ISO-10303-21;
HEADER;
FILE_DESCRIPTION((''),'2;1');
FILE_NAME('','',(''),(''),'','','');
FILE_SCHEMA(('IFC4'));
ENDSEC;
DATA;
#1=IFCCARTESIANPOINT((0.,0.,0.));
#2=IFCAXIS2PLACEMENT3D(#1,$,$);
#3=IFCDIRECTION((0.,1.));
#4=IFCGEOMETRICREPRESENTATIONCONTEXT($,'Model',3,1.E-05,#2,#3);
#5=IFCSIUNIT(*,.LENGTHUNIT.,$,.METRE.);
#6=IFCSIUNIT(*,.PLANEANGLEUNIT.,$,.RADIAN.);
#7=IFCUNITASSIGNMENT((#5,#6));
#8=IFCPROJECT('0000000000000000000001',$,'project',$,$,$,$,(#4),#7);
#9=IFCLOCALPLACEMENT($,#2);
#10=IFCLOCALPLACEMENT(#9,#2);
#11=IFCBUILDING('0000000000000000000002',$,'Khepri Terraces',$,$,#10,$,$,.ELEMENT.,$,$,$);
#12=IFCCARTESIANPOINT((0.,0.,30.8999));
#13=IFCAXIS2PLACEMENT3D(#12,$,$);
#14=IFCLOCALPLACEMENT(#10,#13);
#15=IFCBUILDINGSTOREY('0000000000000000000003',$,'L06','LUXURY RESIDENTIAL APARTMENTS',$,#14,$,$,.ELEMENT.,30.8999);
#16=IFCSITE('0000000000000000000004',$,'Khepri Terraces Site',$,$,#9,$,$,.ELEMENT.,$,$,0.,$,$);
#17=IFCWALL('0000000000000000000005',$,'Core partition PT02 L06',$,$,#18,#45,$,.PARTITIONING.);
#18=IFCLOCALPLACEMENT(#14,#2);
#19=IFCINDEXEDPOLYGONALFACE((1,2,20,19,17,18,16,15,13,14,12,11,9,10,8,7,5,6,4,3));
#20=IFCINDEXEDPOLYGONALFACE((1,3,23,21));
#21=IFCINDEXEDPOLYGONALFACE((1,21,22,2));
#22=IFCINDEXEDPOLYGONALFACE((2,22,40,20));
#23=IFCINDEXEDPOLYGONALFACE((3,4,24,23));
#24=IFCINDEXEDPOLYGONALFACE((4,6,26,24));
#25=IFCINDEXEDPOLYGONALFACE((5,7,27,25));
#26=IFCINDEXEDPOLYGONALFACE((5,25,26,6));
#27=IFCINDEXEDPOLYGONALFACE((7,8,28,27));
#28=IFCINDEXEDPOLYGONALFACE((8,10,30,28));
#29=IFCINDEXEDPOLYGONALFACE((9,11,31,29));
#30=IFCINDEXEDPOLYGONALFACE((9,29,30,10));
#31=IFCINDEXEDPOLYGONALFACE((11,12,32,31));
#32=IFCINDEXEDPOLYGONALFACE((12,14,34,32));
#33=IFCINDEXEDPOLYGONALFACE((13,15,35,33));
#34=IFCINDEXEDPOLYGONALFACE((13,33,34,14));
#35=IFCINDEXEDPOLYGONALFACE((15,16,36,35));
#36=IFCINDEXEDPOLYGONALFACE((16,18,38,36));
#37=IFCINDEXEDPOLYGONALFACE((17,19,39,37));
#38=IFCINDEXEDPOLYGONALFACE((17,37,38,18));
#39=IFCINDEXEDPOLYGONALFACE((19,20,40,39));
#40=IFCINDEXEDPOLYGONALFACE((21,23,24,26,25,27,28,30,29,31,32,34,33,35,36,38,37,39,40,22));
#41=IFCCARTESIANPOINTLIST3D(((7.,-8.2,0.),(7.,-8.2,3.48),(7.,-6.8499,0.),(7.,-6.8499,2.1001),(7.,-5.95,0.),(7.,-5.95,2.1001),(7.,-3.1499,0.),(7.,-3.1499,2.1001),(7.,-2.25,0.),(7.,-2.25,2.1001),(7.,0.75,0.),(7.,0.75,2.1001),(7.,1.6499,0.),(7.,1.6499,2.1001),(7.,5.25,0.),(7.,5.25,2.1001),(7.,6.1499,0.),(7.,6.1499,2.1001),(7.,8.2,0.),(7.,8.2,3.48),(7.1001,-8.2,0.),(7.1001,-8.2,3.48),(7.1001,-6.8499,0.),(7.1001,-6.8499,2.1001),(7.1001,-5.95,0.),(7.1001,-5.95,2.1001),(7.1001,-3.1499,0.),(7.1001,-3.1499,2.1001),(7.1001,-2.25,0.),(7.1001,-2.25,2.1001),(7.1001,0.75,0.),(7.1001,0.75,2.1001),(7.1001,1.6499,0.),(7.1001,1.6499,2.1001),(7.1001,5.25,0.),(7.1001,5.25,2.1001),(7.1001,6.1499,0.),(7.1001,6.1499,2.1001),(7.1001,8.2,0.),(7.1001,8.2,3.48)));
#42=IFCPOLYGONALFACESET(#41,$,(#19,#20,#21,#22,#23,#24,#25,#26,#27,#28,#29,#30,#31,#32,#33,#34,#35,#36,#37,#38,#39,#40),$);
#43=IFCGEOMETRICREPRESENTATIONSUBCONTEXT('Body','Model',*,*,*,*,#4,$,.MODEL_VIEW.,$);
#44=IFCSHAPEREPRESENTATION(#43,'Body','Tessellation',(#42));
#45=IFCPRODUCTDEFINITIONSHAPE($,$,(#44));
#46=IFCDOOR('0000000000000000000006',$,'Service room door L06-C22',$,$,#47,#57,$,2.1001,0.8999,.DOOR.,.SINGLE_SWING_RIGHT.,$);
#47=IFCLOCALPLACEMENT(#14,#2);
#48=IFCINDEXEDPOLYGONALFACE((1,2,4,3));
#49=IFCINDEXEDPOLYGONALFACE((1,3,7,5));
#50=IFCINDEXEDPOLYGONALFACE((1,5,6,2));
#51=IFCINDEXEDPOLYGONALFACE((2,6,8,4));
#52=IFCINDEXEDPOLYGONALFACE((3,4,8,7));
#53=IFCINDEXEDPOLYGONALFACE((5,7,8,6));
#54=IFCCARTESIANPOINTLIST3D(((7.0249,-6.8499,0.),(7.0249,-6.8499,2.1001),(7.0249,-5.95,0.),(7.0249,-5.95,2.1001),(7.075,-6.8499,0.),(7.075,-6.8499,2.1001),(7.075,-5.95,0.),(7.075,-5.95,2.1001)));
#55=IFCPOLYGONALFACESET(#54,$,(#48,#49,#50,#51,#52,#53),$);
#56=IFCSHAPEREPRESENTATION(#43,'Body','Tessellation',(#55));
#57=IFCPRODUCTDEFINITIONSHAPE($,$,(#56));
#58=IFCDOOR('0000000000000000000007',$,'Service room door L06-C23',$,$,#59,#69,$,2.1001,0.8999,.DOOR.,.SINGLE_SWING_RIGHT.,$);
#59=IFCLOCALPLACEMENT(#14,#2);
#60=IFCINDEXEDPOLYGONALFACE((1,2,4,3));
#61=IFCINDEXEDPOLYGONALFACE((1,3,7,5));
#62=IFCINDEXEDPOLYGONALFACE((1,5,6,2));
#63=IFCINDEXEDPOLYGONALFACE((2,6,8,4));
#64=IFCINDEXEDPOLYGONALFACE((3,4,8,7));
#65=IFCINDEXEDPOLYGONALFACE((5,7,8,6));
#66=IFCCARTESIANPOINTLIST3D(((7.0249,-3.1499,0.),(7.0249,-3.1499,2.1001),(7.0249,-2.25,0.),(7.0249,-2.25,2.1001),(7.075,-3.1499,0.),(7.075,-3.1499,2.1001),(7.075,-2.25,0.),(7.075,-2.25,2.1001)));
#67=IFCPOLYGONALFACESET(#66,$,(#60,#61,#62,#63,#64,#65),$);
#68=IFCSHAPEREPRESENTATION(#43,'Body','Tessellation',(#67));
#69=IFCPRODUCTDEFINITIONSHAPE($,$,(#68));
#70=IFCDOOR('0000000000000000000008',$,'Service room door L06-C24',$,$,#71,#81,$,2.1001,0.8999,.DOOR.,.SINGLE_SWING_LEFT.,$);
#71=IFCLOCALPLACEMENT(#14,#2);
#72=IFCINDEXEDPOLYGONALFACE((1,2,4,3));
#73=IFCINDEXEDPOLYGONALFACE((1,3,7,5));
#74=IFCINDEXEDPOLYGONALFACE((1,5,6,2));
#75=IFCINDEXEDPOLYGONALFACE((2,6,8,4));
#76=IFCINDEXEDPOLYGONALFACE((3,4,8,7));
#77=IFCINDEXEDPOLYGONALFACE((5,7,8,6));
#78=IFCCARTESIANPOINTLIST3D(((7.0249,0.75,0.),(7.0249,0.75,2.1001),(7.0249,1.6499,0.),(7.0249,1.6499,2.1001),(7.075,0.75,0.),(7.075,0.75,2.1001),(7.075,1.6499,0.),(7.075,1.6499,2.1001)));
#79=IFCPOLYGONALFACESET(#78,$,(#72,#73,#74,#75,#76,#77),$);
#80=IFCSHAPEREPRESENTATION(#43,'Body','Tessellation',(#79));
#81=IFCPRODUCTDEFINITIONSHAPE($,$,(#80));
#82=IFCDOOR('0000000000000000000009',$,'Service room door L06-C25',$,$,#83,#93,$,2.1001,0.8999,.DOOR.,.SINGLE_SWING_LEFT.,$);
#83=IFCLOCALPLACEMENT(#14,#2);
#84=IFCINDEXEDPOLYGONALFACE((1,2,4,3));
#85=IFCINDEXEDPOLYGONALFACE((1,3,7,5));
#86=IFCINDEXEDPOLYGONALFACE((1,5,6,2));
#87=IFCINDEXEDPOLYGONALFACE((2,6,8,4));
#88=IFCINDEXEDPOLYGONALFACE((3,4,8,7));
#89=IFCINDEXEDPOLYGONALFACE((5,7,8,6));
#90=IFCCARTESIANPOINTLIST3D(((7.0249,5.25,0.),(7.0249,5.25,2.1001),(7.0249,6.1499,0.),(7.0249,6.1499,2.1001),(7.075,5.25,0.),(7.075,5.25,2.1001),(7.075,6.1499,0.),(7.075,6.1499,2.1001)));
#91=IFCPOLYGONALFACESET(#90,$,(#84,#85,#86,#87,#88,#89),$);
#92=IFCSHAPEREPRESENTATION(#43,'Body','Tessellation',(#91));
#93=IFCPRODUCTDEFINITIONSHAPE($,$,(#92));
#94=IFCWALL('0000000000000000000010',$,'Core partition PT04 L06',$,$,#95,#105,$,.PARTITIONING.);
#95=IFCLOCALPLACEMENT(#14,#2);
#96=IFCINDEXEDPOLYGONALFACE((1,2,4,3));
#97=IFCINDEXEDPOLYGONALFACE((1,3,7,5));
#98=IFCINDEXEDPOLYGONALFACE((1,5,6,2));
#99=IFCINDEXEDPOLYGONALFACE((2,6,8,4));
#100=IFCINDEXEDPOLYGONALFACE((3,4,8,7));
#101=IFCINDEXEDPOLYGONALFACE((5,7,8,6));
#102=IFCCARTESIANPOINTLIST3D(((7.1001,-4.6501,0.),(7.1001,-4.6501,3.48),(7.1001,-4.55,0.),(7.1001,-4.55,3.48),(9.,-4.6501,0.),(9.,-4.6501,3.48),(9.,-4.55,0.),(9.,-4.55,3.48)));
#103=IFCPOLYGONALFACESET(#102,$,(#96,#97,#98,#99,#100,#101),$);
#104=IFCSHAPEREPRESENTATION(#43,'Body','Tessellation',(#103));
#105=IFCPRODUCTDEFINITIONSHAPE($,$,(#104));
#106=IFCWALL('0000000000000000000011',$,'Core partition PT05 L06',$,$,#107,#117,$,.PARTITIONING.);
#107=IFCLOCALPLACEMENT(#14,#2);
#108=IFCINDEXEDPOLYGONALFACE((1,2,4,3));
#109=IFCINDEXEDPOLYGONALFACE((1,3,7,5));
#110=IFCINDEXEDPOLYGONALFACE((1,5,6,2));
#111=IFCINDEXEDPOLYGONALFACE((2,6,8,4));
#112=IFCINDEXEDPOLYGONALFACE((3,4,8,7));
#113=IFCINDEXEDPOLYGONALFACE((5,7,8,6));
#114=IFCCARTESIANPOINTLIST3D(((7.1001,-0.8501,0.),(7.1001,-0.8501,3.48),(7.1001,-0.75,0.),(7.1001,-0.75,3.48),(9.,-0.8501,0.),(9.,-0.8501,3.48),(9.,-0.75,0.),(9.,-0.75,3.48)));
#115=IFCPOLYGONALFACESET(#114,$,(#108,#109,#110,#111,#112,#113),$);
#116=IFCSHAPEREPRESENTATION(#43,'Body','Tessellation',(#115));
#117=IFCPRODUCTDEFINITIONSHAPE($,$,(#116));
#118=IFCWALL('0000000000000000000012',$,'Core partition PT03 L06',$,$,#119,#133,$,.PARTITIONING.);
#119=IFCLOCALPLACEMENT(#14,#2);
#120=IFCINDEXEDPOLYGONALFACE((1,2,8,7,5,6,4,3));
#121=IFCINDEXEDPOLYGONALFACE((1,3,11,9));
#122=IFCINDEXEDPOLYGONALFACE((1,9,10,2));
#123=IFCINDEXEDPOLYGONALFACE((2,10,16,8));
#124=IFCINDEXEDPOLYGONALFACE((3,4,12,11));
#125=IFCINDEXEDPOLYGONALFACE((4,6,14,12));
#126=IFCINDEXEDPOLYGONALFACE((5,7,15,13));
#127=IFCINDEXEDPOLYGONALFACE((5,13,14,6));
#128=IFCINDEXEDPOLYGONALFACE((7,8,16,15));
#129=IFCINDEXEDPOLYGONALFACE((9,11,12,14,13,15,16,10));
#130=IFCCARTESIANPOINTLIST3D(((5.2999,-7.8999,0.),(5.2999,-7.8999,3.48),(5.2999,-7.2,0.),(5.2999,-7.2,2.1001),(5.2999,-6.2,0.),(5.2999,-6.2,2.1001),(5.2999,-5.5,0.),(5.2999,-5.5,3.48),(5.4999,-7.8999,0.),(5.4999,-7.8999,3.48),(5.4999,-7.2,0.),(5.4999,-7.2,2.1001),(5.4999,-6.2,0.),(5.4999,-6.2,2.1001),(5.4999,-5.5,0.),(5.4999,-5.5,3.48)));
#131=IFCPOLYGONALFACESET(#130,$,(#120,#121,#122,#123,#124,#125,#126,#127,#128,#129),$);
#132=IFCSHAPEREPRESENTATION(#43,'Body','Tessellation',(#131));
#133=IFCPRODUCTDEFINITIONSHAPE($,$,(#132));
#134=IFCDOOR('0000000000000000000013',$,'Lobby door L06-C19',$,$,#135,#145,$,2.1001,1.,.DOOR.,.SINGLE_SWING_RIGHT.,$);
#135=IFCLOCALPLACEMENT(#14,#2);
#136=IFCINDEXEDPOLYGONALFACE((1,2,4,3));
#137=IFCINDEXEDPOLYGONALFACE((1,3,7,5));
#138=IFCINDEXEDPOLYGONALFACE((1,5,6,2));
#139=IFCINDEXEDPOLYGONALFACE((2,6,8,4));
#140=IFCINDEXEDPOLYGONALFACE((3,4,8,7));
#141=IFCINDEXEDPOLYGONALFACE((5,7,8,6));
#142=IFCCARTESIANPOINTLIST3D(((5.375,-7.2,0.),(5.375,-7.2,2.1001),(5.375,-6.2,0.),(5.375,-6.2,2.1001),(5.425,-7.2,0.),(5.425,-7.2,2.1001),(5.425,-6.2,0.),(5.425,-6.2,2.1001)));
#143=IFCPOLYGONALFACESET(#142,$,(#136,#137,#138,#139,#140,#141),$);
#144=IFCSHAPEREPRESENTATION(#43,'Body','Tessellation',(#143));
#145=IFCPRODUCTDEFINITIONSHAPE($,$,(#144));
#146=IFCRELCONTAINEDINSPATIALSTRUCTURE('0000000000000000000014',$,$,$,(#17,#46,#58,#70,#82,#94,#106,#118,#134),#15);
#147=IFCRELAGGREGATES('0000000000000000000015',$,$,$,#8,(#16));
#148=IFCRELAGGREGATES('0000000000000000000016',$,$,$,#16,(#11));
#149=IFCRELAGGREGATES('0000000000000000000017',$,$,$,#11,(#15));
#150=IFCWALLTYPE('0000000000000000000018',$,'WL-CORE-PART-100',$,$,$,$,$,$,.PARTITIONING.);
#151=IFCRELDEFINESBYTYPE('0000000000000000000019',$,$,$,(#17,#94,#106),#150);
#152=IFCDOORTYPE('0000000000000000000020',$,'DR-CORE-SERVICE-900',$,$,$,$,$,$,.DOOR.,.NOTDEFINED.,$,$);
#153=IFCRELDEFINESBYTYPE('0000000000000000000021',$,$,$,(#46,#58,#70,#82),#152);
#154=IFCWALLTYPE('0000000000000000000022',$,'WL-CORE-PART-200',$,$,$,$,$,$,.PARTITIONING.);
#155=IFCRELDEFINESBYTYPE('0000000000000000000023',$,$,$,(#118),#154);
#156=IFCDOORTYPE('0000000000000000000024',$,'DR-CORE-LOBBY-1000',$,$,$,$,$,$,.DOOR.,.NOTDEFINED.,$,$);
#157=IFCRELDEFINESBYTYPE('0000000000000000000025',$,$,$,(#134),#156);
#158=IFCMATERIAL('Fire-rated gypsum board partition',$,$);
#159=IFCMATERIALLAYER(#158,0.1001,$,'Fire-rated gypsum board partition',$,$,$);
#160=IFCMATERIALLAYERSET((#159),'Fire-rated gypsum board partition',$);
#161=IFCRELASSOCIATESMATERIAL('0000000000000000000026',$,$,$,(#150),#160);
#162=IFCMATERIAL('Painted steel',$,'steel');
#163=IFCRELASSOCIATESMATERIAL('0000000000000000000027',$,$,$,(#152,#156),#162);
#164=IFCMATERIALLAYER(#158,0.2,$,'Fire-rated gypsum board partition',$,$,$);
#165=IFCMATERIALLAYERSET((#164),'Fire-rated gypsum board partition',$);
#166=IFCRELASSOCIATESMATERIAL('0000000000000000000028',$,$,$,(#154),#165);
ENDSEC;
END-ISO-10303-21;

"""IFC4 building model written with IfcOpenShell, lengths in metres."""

from ifc_helpers import new_model, si_unit, direction, frame, frame_2d, origin, place, context, subcontext, project, spatial, rectangle, extrude, material, layer, layer_set, type_object, element, fill, save


model = new_model("IFC4")

# Units and contexts
model_context = context("Model", 3, precision=1e-05, world=origin(), true_north=direction((0.0, 1.0)))
body_context = subcontext(model_context, "Body", "Model", "MODEL_VIEW")
ifc_project = project(units=[si_unit("LENGTHUNIT", "METRE"), si_unit("PLANEANGLEUNIT", "RADIAN")], contexts=[model_context])

# Site, building, storey
site_placement = place(None, origin())
site = spatial("IfcSite", under=ifc_project, at=site_placement, Name="Khepri Terraces Site", CompositionType="ELEMENT", RefElevation=0.0)
building_placement = place(site_placement, origin())
building = spatial("IfcBuilding", under=site, at=building_placement, Name="Khepri Terraces", CompositionType="ELEMENT")
storey_placement = place(building_placement, frame((0.0, 0.0, 30.8999)))
storey = spatial("IfcBuildingStorey", under=building, at=storey_placement, Name="L06", Description="LUXURY RESIDENTIAL APARTMENTS", CompositionType="ELEMENT", Elevation=30.8999)

# Shared definitions
ifc_material_1 = material(Name="Painted steel", Category="steel")

# Wall, openings, doors
ifc_material_2 = material(Name="Fire-rated gypsum board partition")
ifc_layer_1 = layer(ifc_material_2, 0.1001, Name="Fire-rated gypsum board partition")
ifc_layer_set_1 = layer_set([ifc_layer_1], Name="Fire-rated gypsum board partition")
wall_type_1 = type_object("IfcWallType", Name="WL-CORE-PART-100", PredefinedType="PARTITIONING", material=ifc_layer_set_1)
wall_1_placement = place(storey_placement, frame((7.05, -8.2, 0.0), z_axis=(0.0, 0.0, 1.0), x_axis=(0.0, 1.0, 0.0)))
wall_1 = element("IfcWall", 1, at=wall_1_placement, inside=storey, type_object=wall_type_1, Name="Core partition PT02 L06", PredefinedType="PARTITIONING", context=body_context, shape_type="SweptSolid", body=[
    extrude(rectangle(XDim=16.3999, YDim=0.1001, at=frame_2d((8.2, 0.0))), origin(), (0.0, 0.0, 1.0), 3.48),
])
opening_1_placement = place(wall_1_placement, frame((1.3501, 0.0, 0.0)))
opening_1 = element("IfcOpeningElement", 2, at=opening_1_placement, cuts=wall_1, PredefinedType="OPENING", context=body_context, shape_type="SweptSolid", body=[
    extrude(rectangle(XDim=0.8999, YDim=2.1001, at=frame_2d((0.45, 1.05))), frame((0.0, 0.0601, 0.0), z_axis=(0.0, -1.0, 0.0), x_axis=(1.0, 0.0, 0.0)), (0.0, 0.0, 1.0), 0.1201),
])
opening_2_placement = place(wall_1_placement, frame((5.05, 0.0, 0.0)))
opening_2 = element("IfcOpeningElement", 3, at=opening_2_placement, cuts=wall_1, PredefinedType="OPENING", context=body_context, shape_type="SweptSolid", body=[
    extrude(rectangle(XDim=0.8999, YDim=2.1001, at=frame_2d((0.45, 1.05))), frame((0.0, 0.0601, 0.0), z_axis=(0.0, -1.0, 0.0), x_axis=(1.0, 0.0, 0.0)), (0.0, 0.0, 1.0), 0.1201),
])
opening_3_placement = place(wall_1_placement, frame((8.95, 0.0, 0.0)))
opening_3 = element("IfcOpeningElement", 4, at=opening_3_placement, cuts=wall_1, PredefinedType="OPENING", context=body_context, shape_type="SweptSolid", body=[
    extrude(rectangle(XDim=0.8999, YDim=2.1001, at=frame_2d((0.45, 1.05))), frame((0.0, 0.0601, 0.0), z_axis=(0.0, -1.0, 0.0), x_axis=(1.0, 0.0, 0.0)), (0.0, 0.0, 1.0), 0.1201),
])
opening_4_placement = place(wall_1_placement, frame((13.45, 0.0, 0.0)))
opening_4 = element("IfcOpeningElement", 5, at=opening_4_placement, cuts=wall_1, PredefinedType="OPENING", context=body_context, shape_type="SweptSolid", body=[
    extrude(rectangle(XDim=0.8999, YDim=2.1001, at=frame_2d((0.45, 1.05))), frame((0.0, 0.0601, 0.0), z_axis=(0.0, -1.0, 0.0), x_axis=(1.0, 0.0, 0.0)), (0.0, 0.0, 1.0), 0.1201),
])
door_type_1 = type_object("IfcDoorType", Name="DR-CORE-SERVICE-900", OperationType="NOTDEFINED", PredefinedType="DOOR", material=ifc_material_1)
door_1_placement = place(opening_1_placement, frame((0.8999, 0.0, 0.0), z_axis=(0.0, 0.0, 1.0), x_axis=(-1.0, 0.0, 0.0)))
door_1 = element("IfcDoor", 6, at=door_1_placement, inside=storey, type_object=door_type_1, Name="Service room door L06-C22", OperationType="SINGLE_SWING_RIGHT", OverallHeight=2.1001, OverallWidth=0.8999, PredefinedType="DOOR", context=body_context, shape_type="SweptSolid", body=[
    extrude(rectangle(XDim=0.8999, YDim=2.1001, at=frame_2d((0.45, 1.05))), frame((0.0, 0.0249, 0.0), z_axis=(0.0, -1.0, 0.0), x_axis=(1.0, 0.0, 0.0)), (0.0, 0.0, 1.0), 0.05),
])
fill(opening_1, door_1)
door_2_placement = place(opening_2_placement, frame((0.8999, 0.0, 0.0), z_axis=(0.0, 0.0, 1.0), x_axis=(-1.0, 0.0, 0.0)))
door_2 = element("IfcDoor", 7, at=door_2_placement, inside=storey, type_object=door_type_1, Name="Service room door L06-C23", OperationType="SINGLE_SWING_RIGHT", OverallHeight=2.1001, OverallWidth=0.8999, PredefinedType="DOOR", context=body_context, shape_type="SweptSolid", body=[
    extrude(rectangle(XDim=0.8999, YDim=2.1001, at=frame_2d((0.45, 1.05))), frame((0.0, 0.0249, 0.0), z_axis=(0.0, -1.0, 0.0), x_axis=(1.0, 0.0, 0.0)), (0.0, 0.0, 1.0), 0.05),
])
fill(opening_2, door_2)
door_3_placement = place(opening_3_placement, frame((0.8999, 0.0, 0.0), z_axis=(0.0, 0.0, 1.0), x_axis=(-1.0, 0.0, 0.0)))
door_3 = element("IfcDoor", 8, at=door_3_placement, inside=storey, type_object=door_type_1, Name="Service room door L06-C24", OperationType="SINGLE_SWING_LEFT", OverallHeight=2.1001, OverallWidth=0.8999, PredefinedType="DOOR", context=body_context, shape_type="SweptSolid", body=[
    extrude(rectangle(XDim=0.8999, YDim=2.1001, at=frame_2d((0.45, 1.05))), frame((0.0, 0.0249, 0.0), z_axis=(0.0, -1.0, 0.0), x_axis=(1.0, 0.0, 0.0)), (0.0, 0.0, 1.0), 0.05),
])
fill(opening_3, door_3)
door_4_placement = place(opening_4_placement, frame((0.8999, 0.0, 0.0), z_axis=(0.0, 0.0, 1.0), x_axis=(-1.0, 0.0, 0.0)))
door_4 = element("IfcDoor", 9, at=door_4_placement, inside=storey, type_object=door_type_1, Name="Service room door L06-C25", OperationType="SINGLE_SWING_LEFT", OverallHeight=2.1001, OverallWidth=0.8999, PredefinedType="DOOR", context=body_context, shape_type="SweptSolid", body=[
    extrude(rectangle(XDim=0.8999, YDim=2.1001, at=frame_2d((0.45, 1.05))), frame((0.0, 0.0249, 0.0), z_axis=(0.0, -1.0, 0.0), x_axis=(1.0, 0.0, 0.0)), (0.0, 0.0, 1.0), 0.05),
])
fill(opening_4, door_4)

# Walls
for number, where, z_axis, x_axis, name in (
    (10, (7.1001, -4.6001, 0.0), (0.0, 0.0, 1.0), (1.0, 0.0, 0.0), "Core partition PT04 L06"),
    (11, (7.1001, -0.8, 0.0), (0.0, 0.0, 1.0), (1.0, 0.0, 0.0), "Core partition PT05 L06"),
):
    element("IfcWall", number, at=place(storey_placement, frame(where, z_axis=z_axis, x_axis=x_axis)), inside=storey, type_object=wall_type_1, Name=name, PredefinedType="PARTITIONING", context=body_context, shape_type="SweptSolid", body=[
        extrude(rectangle(XDim=1.8999, YDim=0.1001, at=frame_2d((0.95, 0.0))), origin(), (0.0, 0.0, 1.0), 3.48),
    ])

# Wall, opening, door
ifc_layer_2 = layer(ifc_material_2, 0.2, Name="Fire-rated gypsum board partition")
ifc_layer_set_2 = layer_set([ifc_layer_2], Name="Fire-rated gypsum board partition")
wall_type_2 = type_object("IfcWallType", Name="WL-CORE-PART-200", PredefinedType="PARTITIONING", material=ifc_layer_set_2)
wall_2_placement = place(storey_placement, frame((5.3999, -7.8999, 0.0), z_axis=(0.0, 0.0, 1.0), x_axis=(0.0, 1.0, 0.0)))
wall_2 = element("IfcWall", 12, at=wall_2_placement, inside=storey, type_object=wall_type_2, Name="Core partition PT03 L06", PredefinedType="PARTITIONING", context=body_context, shape_type="SweptSolid", body=[
    extrude(rectangle(XDim=2.3999, YDim=0.2, at=frame_2d((1.2, 0.0))), origin(), (0.0, 0.0, 1.0), 3.48),
])
opening_5_placement = place(wall_2_placement, frame((0.7, 0.0, 0.0)))
opening_5 = element("IfcOpeningElement", 13, at=opening_5_placement, cuts=wall_2, PredefinedType="OPENING", context=body_context, shape_type="SweptSolid", body=[
    extrude(rectangle(XDim=1.0, YDim=2.1001, at=frame_2d((0.5, 1.05))), frame((0.0, 0.1099, 0.0), z_axis=(0.0, -1.0, 0.0), x_axis=(1.0, 0.0, 0.0)), (0.0, 0.0, 1.0), 0.22),
])
door_type_2 = type_object("IfcDoorType", Name="DR-CORE-LOBBY-1000", OperationType="NOTDEFINED", PredefinedType="DOOR", material=ifc_material_1)
door_5_placement = place(opening_5_placement, origin())
door_5 = element("IfcDoor", 14, at=door_5_placement, inside=storey, type_object=door_type_2, Name="Lobby door L06-C19", OperationType="SINGLE_SWING_RIGHT", OverallHeight=2.1001, OverallWidth=1.0, PredefinedType="DOOR", context=body_context, shape_type="SweptSolid", body=[
    extrude(rectangle(XDim=1.0, YDim=2.1001, at=frame_2d((0.5, 1.05))), frame((0.0, 0.0249, 0.0), z_axis=(0.0, -1.0, 0.0), x_axis=(1.0, 0.0, 0.0)), (0.0, 0.0, 1.0), 0.05),
])
fill(opening_5, door_5)

save(model, "model.ifc")
